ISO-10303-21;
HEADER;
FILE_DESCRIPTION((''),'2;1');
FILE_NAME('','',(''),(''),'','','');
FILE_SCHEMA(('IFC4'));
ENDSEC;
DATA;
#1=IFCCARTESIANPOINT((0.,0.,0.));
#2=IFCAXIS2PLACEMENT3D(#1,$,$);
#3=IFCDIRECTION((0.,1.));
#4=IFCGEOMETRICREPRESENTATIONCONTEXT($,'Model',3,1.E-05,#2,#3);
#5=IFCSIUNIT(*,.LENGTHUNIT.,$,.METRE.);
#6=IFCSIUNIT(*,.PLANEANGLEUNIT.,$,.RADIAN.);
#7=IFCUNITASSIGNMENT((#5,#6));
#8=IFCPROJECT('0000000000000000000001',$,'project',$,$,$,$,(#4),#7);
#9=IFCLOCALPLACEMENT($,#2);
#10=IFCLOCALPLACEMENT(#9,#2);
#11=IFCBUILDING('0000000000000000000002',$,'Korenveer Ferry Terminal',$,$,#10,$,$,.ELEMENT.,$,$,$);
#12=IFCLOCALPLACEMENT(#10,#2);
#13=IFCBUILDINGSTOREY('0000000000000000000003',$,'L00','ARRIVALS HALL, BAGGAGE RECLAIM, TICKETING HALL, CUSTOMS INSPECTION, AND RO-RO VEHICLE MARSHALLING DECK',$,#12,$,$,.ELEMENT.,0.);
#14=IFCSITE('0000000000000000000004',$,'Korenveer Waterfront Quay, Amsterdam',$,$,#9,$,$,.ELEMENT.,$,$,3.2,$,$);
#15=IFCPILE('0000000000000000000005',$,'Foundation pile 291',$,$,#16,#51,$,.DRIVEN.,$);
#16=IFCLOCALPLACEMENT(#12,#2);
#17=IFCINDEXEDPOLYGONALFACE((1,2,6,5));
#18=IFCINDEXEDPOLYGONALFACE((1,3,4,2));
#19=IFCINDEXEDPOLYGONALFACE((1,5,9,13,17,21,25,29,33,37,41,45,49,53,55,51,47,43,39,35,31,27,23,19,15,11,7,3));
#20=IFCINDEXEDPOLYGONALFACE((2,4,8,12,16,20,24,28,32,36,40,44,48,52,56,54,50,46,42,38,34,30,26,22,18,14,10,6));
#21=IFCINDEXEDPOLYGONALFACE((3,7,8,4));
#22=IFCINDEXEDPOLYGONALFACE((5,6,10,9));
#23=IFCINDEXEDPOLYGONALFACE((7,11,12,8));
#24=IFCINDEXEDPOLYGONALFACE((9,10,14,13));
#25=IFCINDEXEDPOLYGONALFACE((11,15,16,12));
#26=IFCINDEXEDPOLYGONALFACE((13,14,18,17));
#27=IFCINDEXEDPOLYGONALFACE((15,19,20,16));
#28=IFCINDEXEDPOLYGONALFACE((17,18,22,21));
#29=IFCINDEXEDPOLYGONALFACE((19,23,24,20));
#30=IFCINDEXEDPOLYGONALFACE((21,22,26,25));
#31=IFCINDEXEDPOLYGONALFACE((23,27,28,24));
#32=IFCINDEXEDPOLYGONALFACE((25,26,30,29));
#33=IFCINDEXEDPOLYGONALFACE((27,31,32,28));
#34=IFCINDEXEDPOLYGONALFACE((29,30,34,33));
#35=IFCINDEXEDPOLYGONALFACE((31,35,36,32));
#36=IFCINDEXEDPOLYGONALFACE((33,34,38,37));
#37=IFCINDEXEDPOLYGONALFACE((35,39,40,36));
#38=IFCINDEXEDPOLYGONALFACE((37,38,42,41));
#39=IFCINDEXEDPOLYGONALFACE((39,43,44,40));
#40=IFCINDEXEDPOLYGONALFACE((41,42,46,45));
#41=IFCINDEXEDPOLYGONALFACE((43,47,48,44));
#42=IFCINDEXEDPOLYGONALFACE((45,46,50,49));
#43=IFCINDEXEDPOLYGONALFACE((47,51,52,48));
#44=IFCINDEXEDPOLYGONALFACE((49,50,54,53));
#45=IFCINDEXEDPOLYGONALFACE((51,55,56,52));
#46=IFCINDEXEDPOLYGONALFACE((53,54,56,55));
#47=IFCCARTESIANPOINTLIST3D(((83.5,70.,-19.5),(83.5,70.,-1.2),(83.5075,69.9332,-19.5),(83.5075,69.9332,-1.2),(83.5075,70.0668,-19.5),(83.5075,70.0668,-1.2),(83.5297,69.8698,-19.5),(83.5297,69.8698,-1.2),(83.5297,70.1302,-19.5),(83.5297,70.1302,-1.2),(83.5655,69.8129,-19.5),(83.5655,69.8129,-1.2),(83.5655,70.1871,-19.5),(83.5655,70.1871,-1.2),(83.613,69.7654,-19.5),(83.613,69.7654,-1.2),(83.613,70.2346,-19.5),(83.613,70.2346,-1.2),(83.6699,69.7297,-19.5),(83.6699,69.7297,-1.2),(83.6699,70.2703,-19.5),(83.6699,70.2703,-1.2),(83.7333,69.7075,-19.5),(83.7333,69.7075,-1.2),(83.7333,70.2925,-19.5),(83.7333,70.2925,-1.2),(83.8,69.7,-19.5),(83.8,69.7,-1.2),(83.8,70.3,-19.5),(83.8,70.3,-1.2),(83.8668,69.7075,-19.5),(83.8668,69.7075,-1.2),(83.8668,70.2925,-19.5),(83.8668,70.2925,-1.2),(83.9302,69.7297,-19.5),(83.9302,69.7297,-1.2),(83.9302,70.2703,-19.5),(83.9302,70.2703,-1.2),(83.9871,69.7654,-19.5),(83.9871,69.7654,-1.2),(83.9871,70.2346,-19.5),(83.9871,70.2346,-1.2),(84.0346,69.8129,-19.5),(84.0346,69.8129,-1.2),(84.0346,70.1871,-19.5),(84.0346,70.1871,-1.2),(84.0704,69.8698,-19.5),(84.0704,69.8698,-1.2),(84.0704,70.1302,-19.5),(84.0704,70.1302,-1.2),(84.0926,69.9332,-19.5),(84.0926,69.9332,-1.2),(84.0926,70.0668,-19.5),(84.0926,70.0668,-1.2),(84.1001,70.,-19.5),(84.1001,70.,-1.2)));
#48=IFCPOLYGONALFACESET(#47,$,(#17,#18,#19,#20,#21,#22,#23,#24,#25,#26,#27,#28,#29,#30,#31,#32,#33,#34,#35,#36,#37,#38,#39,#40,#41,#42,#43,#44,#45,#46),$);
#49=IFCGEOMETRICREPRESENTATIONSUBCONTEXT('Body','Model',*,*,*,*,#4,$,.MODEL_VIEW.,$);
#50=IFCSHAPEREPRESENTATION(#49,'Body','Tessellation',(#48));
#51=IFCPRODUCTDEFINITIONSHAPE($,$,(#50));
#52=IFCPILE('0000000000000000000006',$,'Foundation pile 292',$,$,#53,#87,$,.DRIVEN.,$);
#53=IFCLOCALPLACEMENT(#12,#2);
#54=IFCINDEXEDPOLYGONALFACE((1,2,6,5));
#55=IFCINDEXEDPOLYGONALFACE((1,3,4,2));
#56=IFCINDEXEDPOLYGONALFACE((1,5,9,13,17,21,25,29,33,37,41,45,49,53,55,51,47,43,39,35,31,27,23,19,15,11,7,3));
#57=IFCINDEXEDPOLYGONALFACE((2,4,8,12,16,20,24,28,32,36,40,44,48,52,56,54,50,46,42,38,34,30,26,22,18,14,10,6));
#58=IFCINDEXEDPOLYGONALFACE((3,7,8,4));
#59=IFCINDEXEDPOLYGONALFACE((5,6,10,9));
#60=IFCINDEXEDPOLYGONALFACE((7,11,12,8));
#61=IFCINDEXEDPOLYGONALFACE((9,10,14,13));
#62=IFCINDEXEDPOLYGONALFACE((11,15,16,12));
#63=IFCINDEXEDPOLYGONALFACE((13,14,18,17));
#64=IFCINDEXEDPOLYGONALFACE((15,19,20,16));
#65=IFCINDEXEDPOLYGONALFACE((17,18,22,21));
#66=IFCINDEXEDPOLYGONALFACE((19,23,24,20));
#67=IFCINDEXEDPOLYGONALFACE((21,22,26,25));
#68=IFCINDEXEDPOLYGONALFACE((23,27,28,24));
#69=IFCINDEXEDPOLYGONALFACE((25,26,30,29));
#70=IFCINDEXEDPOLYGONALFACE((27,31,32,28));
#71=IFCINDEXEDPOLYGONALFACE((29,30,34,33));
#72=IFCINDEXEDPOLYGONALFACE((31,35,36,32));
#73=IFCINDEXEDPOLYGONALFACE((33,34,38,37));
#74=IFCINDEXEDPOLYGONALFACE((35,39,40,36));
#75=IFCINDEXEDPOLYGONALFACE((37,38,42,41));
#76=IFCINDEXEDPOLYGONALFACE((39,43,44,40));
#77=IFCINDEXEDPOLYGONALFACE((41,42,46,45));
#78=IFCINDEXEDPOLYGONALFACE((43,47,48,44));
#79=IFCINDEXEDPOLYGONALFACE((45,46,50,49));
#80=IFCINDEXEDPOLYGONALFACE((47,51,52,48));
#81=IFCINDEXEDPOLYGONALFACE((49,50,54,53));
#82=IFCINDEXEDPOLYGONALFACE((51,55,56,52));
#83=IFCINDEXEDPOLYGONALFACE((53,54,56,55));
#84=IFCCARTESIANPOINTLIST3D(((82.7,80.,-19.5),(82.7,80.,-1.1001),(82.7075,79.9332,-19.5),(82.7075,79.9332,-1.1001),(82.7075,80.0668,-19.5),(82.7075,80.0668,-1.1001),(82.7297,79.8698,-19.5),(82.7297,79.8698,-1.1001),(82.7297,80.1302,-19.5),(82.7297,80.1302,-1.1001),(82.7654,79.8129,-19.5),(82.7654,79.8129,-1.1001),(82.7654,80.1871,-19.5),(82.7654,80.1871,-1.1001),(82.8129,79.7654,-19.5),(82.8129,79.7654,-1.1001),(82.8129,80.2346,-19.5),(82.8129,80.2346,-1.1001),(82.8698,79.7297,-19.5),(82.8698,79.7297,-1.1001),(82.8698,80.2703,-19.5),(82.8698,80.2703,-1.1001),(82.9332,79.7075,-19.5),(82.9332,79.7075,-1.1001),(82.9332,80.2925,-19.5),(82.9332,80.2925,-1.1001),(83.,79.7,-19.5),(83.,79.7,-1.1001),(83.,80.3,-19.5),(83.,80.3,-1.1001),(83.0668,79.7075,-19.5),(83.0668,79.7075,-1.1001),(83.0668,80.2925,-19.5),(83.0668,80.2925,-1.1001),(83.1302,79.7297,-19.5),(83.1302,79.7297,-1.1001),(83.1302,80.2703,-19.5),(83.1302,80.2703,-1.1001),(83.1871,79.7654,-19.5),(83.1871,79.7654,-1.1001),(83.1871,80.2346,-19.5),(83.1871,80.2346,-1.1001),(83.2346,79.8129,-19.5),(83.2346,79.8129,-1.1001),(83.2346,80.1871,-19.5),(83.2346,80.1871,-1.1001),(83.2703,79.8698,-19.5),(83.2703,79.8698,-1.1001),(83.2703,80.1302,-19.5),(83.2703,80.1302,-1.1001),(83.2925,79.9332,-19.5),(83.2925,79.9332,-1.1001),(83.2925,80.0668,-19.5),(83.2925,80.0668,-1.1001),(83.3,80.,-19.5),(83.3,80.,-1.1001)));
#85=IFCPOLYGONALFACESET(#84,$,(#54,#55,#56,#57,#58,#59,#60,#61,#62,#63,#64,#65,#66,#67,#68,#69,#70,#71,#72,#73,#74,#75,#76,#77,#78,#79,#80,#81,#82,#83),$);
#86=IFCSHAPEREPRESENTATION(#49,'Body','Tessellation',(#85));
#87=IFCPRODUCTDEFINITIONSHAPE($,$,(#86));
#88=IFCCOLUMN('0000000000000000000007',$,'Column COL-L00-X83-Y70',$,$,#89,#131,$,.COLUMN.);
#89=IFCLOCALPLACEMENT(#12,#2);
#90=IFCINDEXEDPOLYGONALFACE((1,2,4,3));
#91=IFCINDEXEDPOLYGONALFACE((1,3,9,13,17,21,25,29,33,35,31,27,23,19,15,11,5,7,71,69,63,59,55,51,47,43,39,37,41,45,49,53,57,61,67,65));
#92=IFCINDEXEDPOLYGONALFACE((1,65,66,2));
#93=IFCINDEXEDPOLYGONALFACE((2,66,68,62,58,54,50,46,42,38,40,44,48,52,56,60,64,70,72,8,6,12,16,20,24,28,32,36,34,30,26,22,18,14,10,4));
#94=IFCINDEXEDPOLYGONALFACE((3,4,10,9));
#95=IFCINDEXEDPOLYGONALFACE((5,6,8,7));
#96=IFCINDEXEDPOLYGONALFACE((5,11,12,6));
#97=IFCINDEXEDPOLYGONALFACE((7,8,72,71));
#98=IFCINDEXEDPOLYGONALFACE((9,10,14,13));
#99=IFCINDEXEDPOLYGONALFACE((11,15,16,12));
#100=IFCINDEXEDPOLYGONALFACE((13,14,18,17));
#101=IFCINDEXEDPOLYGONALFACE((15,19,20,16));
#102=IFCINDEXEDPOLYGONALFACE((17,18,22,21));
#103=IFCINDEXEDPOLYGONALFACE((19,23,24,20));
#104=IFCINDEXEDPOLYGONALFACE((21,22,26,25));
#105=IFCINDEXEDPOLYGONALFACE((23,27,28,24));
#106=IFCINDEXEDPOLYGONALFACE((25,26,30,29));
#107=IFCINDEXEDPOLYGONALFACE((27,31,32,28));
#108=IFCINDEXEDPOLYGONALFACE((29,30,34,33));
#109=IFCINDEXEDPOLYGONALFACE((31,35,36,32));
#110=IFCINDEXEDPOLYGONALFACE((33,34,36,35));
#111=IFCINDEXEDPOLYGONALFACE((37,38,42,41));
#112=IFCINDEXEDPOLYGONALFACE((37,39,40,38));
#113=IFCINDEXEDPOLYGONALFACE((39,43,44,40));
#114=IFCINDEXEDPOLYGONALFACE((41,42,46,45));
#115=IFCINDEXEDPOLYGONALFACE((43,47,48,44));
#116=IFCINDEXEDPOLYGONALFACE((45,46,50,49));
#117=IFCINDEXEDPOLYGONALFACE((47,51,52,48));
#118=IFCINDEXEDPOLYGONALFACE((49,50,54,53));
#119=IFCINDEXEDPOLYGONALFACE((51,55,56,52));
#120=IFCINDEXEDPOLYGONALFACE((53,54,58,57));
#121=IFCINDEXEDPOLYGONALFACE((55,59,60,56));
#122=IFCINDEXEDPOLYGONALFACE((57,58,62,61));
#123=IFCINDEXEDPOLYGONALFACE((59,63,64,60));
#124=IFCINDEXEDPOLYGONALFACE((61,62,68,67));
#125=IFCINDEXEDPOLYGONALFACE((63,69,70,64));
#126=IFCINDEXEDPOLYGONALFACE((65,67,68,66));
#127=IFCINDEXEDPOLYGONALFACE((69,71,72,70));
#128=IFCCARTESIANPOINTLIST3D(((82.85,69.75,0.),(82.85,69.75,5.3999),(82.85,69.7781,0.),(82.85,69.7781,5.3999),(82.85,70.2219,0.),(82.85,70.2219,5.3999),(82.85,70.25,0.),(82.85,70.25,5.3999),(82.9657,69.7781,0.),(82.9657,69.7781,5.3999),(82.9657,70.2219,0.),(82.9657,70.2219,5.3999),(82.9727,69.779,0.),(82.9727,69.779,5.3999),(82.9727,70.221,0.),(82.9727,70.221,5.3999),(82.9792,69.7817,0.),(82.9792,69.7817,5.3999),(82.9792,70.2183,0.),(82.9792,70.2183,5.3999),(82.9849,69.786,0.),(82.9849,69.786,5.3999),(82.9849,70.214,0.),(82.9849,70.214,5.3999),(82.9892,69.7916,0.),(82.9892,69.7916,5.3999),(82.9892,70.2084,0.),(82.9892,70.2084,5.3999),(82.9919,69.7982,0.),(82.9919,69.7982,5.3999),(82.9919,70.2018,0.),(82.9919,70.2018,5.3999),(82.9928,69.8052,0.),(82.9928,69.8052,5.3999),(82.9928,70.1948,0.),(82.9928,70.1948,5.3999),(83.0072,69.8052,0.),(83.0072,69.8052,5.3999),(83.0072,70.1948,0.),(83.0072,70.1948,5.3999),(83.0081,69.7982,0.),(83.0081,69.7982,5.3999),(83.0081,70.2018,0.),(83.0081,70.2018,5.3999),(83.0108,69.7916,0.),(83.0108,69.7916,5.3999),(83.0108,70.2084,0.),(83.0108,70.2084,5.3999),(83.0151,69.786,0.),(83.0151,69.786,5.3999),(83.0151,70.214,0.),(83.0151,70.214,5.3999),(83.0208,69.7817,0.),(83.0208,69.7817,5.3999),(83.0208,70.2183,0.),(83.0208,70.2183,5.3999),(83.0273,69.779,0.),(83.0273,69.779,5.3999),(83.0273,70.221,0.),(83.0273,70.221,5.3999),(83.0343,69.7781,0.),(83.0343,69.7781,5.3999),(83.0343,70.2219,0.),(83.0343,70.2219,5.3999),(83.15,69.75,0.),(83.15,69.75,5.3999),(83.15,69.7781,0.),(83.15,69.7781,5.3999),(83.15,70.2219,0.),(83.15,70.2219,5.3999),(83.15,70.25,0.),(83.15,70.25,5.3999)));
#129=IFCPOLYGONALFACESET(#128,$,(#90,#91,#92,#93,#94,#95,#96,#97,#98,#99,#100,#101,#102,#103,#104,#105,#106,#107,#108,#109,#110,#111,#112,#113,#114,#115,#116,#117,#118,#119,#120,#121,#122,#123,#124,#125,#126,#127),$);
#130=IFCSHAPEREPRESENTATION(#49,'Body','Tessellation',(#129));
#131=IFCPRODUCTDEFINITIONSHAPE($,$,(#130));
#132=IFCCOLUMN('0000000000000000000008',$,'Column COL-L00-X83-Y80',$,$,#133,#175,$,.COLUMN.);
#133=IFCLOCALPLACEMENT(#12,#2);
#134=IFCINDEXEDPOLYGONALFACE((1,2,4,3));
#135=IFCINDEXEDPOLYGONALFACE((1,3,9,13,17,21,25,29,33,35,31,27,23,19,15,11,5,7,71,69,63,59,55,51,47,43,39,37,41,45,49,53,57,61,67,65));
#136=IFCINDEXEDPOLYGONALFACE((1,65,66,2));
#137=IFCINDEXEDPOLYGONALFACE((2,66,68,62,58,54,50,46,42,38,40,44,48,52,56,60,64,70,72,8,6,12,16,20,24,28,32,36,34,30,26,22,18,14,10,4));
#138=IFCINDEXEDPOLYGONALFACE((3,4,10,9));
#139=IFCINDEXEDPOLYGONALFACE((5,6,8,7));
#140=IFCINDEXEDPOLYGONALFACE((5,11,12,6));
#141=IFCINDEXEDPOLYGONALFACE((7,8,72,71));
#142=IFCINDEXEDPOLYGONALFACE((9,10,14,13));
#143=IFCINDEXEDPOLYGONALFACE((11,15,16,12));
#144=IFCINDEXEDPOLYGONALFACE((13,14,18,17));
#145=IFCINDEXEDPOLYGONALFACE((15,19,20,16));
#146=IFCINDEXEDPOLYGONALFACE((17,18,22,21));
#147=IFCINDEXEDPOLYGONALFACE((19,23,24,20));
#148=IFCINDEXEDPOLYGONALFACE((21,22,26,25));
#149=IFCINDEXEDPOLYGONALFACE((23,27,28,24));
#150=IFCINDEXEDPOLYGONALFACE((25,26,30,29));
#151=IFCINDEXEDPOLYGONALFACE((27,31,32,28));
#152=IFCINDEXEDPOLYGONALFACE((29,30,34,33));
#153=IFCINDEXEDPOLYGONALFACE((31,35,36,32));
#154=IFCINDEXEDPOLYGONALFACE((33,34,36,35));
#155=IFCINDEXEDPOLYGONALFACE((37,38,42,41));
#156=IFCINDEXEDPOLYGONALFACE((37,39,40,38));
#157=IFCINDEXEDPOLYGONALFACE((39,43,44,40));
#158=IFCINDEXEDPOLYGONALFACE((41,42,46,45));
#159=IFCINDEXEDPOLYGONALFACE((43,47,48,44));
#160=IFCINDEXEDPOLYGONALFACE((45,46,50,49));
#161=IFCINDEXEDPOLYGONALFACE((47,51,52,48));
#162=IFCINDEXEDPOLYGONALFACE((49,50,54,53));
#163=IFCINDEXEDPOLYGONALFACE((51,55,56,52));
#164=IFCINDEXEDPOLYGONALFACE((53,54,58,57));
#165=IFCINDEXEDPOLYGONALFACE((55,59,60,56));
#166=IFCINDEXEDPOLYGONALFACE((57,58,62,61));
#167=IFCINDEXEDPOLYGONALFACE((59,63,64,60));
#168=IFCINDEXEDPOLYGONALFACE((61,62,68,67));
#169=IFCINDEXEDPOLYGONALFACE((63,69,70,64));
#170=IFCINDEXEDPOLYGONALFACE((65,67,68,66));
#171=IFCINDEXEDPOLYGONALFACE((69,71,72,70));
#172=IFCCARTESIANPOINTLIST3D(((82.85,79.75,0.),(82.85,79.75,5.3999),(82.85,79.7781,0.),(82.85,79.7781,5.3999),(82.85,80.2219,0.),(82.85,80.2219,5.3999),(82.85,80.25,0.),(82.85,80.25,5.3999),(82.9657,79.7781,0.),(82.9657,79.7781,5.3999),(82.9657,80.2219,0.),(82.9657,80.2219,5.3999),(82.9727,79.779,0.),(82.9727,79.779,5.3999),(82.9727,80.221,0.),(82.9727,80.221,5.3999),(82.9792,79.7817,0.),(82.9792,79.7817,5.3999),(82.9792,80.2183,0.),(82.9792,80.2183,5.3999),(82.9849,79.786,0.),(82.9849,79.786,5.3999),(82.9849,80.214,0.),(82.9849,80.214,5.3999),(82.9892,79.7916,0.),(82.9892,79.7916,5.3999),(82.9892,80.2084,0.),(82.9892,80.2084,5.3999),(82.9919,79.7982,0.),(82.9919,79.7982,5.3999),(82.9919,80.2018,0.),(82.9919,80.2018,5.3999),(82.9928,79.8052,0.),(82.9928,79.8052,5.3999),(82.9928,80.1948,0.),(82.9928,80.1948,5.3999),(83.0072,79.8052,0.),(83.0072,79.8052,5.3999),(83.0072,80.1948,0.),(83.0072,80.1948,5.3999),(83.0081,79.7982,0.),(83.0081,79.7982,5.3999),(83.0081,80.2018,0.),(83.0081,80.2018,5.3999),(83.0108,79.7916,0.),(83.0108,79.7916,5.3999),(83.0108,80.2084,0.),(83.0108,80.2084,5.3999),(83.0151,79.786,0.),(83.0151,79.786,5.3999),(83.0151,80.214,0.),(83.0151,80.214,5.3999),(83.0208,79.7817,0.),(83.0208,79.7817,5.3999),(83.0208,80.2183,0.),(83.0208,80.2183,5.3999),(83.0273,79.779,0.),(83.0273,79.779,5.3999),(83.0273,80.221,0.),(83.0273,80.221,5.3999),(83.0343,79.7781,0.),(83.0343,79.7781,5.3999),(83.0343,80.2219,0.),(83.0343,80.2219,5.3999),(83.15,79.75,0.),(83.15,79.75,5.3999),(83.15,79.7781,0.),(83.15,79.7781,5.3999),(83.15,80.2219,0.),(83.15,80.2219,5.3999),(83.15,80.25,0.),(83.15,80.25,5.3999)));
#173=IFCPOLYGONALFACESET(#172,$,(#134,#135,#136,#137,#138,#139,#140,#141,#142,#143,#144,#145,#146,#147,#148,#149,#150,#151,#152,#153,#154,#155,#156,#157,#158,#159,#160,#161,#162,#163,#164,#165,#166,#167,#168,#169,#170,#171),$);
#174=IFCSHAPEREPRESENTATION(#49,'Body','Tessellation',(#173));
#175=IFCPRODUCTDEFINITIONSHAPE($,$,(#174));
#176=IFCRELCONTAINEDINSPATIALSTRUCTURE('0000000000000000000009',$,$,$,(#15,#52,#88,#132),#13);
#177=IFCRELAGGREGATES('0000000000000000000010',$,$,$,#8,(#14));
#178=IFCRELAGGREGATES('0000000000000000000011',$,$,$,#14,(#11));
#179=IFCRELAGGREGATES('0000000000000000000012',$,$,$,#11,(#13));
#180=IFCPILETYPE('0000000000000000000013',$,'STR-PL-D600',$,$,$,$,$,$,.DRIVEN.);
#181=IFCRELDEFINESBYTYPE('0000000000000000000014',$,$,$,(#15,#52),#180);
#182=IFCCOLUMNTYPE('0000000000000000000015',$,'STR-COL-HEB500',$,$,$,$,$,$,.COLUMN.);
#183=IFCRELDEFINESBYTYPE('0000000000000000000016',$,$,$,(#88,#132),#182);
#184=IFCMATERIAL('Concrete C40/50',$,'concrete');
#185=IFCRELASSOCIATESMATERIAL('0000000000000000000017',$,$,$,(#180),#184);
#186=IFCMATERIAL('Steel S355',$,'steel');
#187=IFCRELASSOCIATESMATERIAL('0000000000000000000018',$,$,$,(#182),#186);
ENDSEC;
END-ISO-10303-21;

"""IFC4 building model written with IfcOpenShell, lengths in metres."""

from ifc_helpers import new_model, si_unit, direction, frame, origin, origin_2d, place, context, subcontext, project, spatial, circle, i_section, extrude, material, material_profile, profile_set, type_object, element, save


model = new_model("IFC4")

# Units and contexts
model_context = context("Model", 3, precision=1e-05, world=origin(), true_north=direction((0.0, 1.0)))
body_context = subcontext(model_context, "Body", "Model", "MODEL_VIEW")
ifc_project = project(units=[si_unit("LENGTHUNIT", "METRE"), si_unit("PLANEANGLEUNIT", "RADIAN")], contexts=[model_context])

# Site, building, storey
site_placement = place(None, origin())
site = spatial("IfcSite", under=ifc_project, at=site_placement, Name="Korenveer Waterfront Quay, Amsterdam", CompositionType="ELEMENT", RefElevation=3.2)
building_placement = place(site_placement, origin())
building = spatial("IfcBuilding", under=site, at=building_placement, Name="Korenveer Ferry Terminal", CompositionType="ELEMENT")
storey_placement = place(building_placement, origin())
storey = spatial("IfcBuildingStorey", under=building, at=storey_placement, Name="L00", Description="ARRIVALS HALL, BAGGAGE RECLAIM, TICKETING HALL, CUSTOMS INSPECTION, AND RO-RO VEHICLE MARSHALLING DECK", CompositionType="ELEMENT", Elevation=0.0)

# Shared definitions
ifc_material_1 = material(Name="Concrete C40/50", Category="concrete")

# Piles
ifc_material_profile_1 = material_profile(ifc_material_1, circle(Radius=0.3, at=origin_2d()), Name="PILE D600")
ifc_profile_set_1 = profile_set([ifc_material_profile_1], Name="Concrete C40/50")
pile_type = type_object("IfcPileType", Name="STR-PL-D600", PredefinedType="DRIVEN", material=ifc_profile_set_1)
for number, where, z_axis, x_axis, name in (
    (1, (83.8, 70.0, -1.2), (0.0, 0.0, -1.0), (1.0, 0.0, 0.0), "Foundation pile 291"),
):
    element("IfcPile", number, at=place(storey_placement, frame(where, z_axis=z_axis, x_axis=x_axis)), inside=storey, type_object=pile_type, Name=name, PredefinedType="DRIVEN", context=body_context, shape_type="SweptSolid", body=[
        extrude(circle(Radius=0.3, at=origin_2d()), origin(), (0.0, 0.0, 1.0), 18.3),
    ])
pile_placement = place(storey_placement, frame((83.0, 80.0, -1.1001), z_axis=(0.0, 0.0, -1.0), x_axis=(1.0, 0.0, 0.0)))
element("IfcPile", 2, at=pile_placement, inside=storey, type_object=pile_type, Name="Foundation pile 292", PredefinedType="DRIVEN", context=body_context, shape_type="SweptSolid", body=[
    extrude(circle(Radius=0.3, at=origin_2d()), origin(), (0.0, 0.0, 1.0), 18.3999),
])

# Columns
ifc_material_2 = material(Name="Steel S355", Category="steel")
ifc_material_profile_2 = material_profile(ifc_material_2, i_section(OverallWidth=0.3, OverallDepth=0.5, WebThickness=0.0144, FlangeThickness=0.0281, FilletRadius=0.0271, at=origin_2d()), Name="HEB 500")
ifc_profile_set_2 = profile_set([ifc_material_profile_2], Name="Steel S355")
column_type = type_object("IfcColumnType", Name="STR-COL-HEB500", PredefinedType="COLUMN", material=ifc_profile_set_2)
for number, where, z_axis, x_axis, name in (
    (3, (83.0, 70.0, 0.0), (0.0, 0.0, 1.0), (1.0, 0.0, 0.0), "Column COL-L00-X83-Y70"),
    (4, (83.0, 80.0, 0.0), (0.0, 0.0, 1.0), (1.0, 0.0, 0.0), "Column COL-L00-X83-Y80"),
):
    element("IfcColumn", number, at=place(storey_placement, frame(where, z_axis=z_axis, x_axis=x_axis)), inside=storey, type_object=column_type, Name=name, PredefinedType="COLUMN", context=body_context, shape_type="SweptSolid", body=[
        extrude(i_section(OverallWidth=0.3, OverallDepth=0.5, WebThickness=0.0144, FlangeThickness=0.0281, FilletRadius=0.0271, at=origin_2d()), origin(), (0.0, 0.0, 1.0), 5.3999),
    ])

save(model, "model.ifc")
